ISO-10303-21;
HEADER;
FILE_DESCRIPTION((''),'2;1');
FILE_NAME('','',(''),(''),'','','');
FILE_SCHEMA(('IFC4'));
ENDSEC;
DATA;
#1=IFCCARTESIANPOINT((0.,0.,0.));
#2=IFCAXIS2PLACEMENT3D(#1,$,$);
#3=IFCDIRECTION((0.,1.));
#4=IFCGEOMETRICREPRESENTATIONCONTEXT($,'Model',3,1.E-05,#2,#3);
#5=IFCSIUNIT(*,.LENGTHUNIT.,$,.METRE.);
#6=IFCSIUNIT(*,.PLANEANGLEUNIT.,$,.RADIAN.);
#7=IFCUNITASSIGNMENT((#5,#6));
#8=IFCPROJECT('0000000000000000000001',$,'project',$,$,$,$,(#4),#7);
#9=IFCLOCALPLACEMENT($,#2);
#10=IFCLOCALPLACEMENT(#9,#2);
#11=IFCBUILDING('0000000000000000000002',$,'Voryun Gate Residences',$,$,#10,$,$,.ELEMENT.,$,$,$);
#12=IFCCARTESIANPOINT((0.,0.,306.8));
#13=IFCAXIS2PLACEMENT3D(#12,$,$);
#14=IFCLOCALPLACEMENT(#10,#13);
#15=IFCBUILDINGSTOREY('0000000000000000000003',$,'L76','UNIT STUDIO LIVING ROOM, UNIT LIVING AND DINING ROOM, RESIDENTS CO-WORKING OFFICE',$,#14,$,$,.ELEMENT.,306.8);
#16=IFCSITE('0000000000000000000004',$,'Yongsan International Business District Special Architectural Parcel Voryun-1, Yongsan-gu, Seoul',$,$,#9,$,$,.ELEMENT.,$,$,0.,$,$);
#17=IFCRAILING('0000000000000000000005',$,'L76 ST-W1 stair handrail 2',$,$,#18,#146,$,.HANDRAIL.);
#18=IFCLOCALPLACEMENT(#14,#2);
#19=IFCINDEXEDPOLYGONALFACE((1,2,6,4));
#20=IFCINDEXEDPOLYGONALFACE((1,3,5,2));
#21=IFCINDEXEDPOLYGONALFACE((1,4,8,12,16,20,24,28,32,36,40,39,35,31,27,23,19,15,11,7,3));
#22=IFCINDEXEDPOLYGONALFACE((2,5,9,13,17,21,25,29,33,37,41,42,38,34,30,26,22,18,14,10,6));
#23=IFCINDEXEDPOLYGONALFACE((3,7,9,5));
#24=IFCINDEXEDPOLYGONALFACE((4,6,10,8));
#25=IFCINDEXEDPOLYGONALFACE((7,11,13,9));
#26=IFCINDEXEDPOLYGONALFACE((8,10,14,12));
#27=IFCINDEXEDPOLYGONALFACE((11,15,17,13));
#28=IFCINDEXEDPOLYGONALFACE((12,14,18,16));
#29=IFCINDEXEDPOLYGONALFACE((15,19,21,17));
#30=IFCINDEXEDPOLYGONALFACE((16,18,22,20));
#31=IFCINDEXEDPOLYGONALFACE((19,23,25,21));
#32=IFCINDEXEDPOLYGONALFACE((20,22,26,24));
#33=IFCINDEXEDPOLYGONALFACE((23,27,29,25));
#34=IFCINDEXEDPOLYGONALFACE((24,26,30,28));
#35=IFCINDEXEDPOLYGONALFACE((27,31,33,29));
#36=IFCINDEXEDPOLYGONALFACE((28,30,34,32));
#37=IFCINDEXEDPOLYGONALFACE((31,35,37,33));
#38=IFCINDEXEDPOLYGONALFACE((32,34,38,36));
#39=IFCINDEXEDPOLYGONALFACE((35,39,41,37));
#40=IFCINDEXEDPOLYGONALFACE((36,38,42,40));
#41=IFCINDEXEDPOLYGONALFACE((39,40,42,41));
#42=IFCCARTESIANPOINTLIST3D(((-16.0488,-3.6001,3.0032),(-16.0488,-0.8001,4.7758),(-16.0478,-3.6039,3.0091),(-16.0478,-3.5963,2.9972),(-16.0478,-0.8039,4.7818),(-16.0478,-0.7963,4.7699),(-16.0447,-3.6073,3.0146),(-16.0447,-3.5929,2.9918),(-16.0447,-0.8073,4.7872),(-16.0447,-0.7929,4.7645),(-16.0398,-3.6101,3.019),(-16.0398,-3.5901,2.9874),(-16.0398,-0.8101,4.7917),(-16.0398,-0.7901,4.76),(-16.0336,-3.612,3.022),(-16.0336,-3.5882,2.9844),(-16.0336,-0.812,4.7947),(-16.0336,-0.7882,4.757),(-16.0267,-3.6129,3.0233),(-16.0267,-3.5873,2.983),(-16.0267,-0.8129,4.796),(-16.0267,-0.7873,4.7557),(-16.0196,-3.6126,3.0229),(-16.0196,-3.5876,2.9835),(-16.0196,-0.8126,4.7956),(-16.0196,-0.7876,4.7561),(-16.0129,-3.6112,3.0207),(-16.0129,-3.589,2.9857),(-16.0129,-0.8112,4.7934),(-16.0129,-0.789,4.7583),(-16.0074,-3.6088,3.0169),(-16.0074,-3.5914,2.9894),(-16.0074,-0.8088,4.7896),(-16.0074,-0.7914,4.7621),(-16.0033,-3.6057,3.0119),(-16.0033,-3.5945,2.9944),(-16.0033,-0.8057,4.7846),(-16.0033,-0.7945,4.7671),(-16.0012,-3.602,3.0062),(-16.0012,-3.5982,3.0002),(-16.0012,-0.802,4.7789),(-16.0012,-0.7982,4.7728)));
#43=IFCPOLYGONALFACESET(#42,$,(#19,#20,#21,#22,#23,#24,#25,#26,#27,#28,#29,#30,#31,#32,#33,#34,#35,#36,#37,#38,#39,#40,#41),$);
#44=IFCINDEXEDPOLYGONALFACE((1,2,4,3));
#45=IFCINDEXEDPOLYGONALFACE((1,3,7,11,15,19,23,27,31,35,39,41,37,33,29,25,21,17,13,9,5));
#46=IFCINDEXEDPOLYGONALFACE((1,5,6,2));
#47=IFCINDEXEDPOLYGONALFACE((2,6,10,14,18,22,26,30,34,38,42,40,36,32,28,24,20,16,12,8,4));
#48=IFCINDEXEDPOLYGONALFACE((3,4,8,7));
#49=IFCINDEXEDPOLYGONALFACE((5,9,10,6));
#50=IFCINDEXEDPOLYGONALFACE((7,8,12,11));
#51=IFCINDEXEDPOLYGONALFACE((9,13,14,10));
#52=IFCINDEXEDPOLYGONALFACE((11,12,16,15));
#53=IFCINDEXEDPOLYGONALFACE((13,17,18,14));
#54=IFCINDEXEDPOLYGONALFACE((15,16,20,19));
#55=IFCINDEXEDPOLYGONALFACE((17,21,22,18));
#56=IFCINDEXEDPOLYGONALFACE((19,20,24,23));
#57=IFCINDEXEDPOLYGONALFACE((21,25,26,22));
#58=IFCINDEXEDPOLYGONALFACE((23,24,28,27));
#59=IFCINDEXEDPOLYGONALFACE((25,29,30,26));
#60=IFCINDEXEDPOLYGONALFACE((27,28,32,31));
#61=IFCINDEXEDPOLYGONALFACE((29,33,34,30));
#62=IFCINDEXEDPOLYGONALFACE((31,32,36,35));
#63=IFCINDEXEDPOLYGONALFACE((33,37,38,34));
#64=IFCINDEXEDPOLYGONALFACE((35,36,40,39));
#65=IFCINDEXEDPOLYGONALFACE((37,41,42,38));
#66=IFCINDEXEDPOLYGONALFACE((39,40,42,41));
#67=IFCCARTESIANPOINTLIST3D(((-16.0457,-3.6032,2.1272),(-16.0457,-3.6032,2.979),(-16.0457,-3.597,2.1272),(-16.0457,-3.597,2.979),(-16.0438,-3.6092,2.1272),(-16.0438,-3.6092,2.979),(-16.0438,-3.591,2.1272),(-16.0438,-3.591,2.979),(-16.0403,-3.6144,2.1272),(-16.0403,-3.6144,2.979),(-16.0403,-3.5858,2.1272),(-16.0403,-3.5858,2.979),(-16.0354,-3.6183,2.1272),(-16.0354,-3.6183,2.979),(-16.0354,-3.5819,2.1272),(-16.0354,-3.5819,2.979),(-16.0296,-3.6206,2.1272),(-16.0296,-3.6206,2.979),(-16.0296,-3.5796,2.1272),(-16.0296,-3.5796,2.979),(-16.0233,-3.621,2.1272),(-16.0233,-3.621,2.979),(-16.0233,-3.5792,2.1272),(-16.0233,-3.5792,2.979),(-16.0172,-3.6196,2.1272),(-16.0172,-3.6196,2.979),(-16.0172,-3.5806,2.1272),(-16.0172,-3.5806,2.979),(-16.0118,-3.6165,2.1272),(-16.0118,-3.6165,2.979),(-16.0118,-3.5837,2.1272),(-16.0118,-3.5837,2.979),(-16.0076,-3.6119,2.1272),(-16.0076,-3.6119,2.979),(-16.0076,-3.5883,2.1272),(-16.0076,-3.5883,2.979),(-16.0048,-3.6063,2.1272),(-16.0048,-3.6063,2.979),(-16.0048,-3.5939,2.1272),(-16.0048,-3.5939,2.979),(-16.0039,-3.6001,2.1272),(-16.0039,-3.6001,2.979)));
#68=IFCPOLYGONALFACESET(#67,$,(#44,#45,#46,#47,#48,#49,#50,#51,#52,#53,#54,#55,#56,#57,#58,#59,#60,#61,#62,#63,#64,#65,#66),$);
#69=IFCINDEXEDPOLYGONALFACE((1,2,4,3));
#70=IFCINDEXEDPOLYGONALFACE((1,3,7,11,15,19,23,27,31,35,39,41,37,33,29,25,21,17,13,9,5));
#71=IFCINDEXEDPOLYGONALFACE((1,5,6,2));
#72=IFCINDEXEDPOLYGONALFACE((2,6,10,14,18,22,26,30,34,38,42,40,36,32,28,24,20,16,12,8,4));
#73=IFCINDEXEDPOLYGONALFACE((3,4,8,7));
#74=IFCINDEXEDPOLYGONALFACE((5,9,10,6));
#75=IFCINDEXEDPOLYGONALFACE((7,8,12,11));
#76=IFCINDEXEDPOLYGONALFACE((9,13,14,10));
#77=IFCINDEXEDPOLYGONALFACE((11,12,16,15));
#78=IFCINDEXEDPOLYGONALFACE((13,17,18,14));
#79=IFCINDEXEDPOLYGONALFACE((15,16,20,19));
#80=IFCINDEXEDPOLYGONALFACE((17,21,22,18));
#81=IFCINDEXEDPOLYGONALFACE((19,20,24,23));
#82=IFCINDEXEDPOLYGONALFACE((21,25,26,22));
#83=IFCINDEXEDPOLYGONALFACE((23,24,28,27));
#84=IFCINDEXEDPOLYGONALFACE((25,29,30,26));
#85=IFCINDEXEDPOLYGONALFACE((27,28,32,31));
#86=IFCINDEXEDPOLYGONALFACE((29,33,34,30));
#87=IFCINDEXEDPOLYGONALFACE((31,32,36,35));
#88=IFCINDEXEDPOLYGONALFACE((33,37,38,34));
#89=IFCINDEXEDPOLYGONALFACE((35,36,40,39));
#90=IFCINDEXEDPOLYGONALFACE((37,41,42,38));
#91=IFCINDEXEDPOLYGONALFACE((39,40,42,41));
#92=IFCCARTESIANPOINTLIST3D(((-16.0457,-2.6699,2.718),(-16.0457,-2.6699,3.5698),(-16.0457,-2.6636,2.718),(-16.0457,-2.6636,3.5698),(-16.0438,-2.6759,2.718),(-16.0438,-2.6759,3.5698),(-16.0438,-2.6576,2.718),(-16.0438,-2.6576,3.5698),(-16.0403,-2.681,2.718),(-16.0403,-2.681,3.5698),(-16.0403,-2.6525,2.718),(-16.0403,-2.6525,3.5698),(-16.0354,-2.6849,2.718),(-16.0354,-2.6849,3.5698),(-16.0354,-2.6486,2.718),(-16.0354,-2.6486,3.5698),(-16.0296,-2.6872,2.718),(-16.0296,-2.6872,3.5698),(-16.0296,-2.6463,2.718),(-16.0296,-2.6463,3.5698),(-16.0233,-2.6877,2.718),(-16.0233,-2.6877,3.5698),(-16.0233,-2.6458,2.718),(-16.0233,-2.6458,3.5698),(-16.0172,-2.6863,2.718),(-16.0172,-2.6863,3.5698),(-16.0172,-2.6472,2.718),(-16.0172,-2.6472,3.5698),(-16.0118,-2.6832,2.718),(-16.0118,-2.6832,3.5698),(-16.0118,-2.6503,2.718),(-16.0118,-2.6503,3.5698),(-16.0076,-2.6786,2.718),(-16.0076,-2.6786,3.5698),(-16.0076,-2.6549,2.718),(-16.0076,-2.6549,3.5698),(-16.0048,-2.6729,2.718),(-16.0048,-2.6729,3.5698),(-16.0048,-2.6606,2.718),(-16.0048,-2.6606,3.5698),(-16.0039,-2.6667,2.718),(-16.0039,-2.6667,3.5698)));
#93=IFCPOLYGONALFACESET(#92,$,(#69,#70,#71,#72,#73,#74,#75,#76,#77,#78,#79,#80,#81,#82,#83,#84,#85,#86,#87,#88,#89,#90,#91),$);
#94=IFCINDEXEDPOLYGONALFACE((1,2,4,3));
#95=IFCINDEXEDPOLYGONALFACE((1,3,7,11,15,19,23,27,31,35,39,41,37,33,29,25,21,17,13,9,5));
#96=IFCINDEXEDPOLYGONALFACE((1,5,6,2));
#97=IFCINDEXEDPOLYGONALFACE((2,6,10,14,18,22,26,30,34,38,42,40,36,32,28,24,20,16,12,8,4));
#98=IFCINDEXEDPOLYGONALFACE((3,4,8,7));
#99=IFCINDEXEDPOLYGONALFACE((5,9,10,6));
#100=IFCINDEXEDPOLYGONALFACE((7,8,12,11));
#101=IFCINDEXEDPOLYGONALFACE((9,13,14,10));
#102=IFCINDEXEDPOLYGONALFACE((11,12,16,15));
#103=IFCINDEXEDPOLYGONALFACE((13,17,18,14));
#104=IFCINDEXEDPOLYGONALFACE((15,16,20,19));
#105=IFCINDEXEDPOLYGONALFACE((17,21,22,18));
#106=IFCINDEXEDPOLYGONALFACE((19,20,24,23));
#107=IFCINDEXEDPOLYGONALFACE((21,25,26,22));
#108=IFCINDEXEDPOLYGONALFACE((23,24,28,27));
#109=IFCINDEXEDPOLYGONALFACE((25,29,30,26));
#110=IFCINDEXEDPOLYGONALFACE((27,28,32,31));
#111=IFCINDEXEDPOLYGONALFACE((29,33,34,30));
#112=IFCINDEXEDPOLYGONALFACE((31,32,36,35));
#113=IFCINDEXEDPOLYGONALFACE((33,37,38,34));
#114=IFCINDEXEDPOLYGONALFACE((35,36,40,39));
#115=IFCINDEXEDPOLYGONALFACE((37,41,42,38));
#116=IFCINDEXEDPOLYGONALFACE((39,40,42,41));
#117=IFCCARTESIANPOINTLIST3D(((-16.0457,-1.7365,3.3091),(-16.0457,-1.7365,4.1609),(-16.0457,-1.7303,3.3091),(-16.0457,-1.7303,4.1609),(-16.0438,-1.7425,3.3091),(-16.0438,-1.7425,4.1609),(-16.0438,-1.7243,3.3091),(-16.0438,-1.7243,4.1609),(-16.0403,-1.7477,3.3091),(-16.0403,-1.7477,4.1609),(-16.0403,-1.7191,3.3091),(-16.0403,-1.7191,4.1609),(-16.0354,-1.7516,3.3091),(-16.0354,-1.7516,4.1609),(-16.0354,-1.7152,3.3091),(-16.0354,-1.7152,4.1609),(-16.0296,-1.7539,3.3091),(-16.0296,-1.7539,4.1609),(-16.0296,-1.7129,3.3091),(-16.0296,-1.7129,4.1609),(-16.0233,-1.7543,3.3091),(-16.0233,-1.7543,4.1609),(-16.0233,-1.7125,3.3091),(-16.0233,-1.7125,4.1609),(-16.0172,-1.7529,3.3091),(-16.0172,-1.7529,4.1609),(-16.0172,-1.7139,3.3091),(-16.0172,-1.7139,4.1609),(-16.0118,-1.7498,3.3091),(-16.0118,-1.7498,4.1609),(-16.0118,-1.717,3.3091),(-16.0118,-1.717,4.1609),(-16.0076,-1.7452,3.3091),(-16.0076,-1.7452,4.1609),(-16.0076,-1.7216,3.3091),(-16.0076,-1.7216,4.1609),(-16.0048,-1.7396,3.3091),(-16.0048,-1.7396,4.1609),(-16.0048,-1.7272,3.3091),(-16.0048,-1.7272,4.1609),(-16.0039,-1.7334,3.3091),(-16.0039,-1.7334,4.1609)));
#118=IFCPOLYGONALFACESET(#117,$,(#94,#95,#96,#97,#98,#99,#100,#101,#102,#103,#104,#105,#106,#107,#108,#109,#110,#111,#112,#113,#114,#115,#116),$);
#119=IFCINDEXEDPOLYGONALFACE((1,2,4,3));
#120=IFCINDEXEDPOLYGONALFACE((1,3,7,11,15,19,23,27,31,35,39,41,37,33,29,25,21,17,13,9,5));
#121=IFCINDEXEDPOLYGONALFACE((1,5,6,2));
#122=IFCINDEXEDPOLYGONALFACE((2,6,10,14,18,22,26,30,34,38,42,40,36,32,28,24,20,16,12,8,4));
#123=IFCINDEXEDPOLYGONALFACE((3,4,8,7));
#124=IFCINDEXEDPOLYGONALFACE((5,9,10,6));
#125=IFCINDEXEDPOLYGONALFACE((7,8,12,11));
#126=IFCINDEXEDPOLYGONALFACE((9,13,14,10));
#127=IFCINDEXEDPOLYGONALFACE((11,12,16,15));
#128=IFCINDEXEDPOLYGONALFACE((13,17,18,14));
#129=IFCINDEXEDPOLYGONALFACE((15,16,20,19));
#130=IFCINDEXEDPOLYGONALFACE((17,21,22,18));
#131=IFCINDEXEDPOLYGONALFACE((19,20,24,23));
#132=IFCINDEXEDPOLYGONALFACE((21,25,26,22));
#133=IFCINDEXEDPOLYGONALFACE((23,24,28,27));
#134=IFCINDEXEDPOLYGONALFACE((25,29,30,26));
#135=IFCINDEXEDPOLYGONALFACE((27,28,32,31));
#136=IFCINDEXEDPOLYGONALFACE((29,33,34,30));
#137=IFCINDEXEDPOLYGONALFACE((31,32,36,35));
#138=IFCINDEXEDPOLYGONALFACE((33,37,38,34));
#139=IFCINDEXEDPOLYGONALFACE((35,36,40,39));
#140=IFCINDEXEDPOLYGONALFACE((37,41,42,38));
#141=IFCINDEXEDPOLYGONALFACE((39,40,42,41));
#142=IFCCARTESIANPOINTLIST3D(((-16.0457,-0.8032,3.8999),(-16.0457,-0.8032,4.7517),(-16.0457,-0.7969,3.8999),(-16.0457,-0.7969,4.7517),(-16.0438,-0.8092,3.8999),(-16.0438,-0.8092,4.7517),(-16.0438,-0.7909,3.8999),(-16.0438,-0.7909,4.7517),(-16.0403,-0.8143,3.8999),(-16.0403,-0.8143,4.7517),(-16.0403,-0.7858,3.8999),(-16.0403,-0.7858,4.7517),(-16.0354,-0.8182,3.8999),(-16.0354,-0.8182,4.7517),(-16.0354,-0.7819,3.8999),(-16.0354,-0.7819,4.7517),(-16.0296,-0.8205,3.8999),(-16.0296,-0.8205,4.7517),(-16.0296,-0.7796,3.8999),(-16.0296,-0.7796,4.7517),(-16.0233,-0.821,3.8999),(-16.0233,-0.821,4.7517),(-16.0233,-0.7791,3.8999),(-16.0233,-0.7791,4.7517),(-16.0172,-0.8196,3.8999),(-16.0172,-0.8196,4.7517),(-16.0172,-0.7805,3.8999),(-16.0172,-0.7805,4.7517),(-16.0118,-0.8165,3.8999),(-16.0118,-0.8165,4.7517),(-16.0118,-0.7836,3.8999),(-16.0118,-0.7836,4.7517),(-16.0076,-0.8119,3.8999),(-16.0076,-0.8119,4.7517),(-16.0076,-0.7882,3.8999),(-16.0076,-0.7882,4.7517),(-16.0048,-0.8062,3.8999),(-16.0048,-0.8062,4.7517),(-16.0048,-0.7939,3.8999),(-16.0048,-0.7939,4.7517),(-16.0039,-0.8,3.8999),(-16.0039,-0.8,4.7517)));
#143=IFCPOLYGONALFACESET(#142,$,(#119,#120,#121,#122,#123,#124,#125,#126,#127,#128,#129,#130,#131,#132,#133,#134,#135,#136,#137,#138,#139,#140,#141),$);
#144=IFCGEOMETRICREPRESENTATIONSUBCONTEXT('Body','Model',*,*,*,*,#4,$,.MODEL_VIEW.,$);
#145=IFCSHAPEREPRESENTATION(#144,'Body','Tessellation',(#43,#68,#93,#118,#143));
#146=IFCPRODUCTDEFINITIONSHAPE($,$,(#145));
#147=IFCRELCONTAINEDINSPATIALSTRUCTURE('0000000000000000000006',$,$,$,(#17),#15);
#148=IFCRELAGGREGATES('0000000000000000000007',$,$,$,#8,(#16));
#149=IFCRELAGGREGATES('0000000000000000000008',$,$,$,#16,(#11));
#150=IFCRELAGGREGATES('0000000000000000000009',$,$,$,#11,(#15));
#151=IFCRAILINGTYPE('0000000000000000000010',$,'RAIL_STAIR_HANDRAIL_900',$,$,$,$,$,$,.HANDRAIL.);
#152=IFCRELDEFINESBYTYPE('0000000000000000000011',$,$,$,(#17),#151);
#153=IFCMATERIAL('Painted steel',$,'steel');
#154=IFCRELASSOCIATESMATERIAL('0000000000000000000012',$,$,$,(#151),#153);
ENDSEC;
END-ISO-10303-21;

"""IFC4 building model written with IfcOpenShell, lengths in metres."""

from ifc_helpers import new_model, si_unit, direction, frame, origin, origin_2d, place, context, subcontext, project, spatial, circle, extrude, material, type_object, element, save


model = new_model("IFC4")

# Units and contexts
model_context = context("Model", 3, precision=1e-05, world=origin(), true_north=direction((0.0, 1.0)))
body_context = subcontext(model_context, "Body", "Model", "MODEL_VIEW")
ifc_project = project(units=[si_unit("LENGTHUNIT", "METRE"), si_unit("PLANEANGLEUNIT", "RADIAN")], contexts=[model_context])

# Site, building, storey
site_placement = place(None, origin())
site = spatial("IfcSite", under=ifc_project, at=site_placement, Name="Yongsan International Business District Special Architectural Parcel Voryun-1, Yongsan-gu, Seoul", CompositionType="ELEMENT", RefElevation=0.0)
building_placement = place(site_placement, origin())
building = spatial("IfcBuilding", under=site, at=building_placement, Name="Voryun Gate Residences", CompositionType="ELEMENT")
storey_placement = place(building_placement, frame((0.0, 0.0, 306.8)))
storey = spatial("IfcBuildingStorey", under=building, at=storey_placement, Name="L76", Description="UNIT STUDIO LIVING ROOM, UNIT LIVING AND DINING ROOM, RESIDENTS CO-WORKING OFFICE", CompositionType="ELEMENT", Elevation=306.8)

# Railing
ifc_material_1 = material(Name="Painted steel", Category="steel")
railing_type_1 = type_object("IfcRailingType", Name="RAIL_STAIR_HANDRAIL_900", PredefinedType="HANDRAIL", material=ifc_material_1)
railing_1_placement = place(storey_placement, frame((-16.0249, -3.6001, 2.1272)))
element("IfcRailing", 1, at=railing_1_placement, inside=storey, type_object=railing_type_1, Name="L76 ST-W1 stair handrail 2", PredefinedType="HANDRAIL", context=body_context, shape_type="SweptSolid", body=[
    extrude(circle(Radius=0.0239, at=origin_2d()), frame((0.0, 0.0, 0.876), z_axis=(0.0, 0.844909, 0.53491), x_axis=(-1.0, 0.0, 0.0)), (0.0, 0.0, 1.0), 3.314),
    extrude(circle(Radius=0.021, at=origin_2d()), origin(), (0.0, 0.0, 1.0), 0.8518),
    extrude(circle(Radius=0.021, at=origin_2d()), frame((0.0, 0.9333, 0.5908)), (0.0, 0.0, 1.0), 0.8518),
    extrude(circle(Radius=0.021, at=origin_2d()), frame((0.0, 1.8667, 1.1819)), (0.0, 0.0, 1.0), 0.8518),
    extrude(circle(Radius=0.021, at=origin_2d()), frame((0.0, 2.8, 1.7727)), (0.0, 0.0, 1.0), 0.8518),
])

save(model, "model.ifc")
